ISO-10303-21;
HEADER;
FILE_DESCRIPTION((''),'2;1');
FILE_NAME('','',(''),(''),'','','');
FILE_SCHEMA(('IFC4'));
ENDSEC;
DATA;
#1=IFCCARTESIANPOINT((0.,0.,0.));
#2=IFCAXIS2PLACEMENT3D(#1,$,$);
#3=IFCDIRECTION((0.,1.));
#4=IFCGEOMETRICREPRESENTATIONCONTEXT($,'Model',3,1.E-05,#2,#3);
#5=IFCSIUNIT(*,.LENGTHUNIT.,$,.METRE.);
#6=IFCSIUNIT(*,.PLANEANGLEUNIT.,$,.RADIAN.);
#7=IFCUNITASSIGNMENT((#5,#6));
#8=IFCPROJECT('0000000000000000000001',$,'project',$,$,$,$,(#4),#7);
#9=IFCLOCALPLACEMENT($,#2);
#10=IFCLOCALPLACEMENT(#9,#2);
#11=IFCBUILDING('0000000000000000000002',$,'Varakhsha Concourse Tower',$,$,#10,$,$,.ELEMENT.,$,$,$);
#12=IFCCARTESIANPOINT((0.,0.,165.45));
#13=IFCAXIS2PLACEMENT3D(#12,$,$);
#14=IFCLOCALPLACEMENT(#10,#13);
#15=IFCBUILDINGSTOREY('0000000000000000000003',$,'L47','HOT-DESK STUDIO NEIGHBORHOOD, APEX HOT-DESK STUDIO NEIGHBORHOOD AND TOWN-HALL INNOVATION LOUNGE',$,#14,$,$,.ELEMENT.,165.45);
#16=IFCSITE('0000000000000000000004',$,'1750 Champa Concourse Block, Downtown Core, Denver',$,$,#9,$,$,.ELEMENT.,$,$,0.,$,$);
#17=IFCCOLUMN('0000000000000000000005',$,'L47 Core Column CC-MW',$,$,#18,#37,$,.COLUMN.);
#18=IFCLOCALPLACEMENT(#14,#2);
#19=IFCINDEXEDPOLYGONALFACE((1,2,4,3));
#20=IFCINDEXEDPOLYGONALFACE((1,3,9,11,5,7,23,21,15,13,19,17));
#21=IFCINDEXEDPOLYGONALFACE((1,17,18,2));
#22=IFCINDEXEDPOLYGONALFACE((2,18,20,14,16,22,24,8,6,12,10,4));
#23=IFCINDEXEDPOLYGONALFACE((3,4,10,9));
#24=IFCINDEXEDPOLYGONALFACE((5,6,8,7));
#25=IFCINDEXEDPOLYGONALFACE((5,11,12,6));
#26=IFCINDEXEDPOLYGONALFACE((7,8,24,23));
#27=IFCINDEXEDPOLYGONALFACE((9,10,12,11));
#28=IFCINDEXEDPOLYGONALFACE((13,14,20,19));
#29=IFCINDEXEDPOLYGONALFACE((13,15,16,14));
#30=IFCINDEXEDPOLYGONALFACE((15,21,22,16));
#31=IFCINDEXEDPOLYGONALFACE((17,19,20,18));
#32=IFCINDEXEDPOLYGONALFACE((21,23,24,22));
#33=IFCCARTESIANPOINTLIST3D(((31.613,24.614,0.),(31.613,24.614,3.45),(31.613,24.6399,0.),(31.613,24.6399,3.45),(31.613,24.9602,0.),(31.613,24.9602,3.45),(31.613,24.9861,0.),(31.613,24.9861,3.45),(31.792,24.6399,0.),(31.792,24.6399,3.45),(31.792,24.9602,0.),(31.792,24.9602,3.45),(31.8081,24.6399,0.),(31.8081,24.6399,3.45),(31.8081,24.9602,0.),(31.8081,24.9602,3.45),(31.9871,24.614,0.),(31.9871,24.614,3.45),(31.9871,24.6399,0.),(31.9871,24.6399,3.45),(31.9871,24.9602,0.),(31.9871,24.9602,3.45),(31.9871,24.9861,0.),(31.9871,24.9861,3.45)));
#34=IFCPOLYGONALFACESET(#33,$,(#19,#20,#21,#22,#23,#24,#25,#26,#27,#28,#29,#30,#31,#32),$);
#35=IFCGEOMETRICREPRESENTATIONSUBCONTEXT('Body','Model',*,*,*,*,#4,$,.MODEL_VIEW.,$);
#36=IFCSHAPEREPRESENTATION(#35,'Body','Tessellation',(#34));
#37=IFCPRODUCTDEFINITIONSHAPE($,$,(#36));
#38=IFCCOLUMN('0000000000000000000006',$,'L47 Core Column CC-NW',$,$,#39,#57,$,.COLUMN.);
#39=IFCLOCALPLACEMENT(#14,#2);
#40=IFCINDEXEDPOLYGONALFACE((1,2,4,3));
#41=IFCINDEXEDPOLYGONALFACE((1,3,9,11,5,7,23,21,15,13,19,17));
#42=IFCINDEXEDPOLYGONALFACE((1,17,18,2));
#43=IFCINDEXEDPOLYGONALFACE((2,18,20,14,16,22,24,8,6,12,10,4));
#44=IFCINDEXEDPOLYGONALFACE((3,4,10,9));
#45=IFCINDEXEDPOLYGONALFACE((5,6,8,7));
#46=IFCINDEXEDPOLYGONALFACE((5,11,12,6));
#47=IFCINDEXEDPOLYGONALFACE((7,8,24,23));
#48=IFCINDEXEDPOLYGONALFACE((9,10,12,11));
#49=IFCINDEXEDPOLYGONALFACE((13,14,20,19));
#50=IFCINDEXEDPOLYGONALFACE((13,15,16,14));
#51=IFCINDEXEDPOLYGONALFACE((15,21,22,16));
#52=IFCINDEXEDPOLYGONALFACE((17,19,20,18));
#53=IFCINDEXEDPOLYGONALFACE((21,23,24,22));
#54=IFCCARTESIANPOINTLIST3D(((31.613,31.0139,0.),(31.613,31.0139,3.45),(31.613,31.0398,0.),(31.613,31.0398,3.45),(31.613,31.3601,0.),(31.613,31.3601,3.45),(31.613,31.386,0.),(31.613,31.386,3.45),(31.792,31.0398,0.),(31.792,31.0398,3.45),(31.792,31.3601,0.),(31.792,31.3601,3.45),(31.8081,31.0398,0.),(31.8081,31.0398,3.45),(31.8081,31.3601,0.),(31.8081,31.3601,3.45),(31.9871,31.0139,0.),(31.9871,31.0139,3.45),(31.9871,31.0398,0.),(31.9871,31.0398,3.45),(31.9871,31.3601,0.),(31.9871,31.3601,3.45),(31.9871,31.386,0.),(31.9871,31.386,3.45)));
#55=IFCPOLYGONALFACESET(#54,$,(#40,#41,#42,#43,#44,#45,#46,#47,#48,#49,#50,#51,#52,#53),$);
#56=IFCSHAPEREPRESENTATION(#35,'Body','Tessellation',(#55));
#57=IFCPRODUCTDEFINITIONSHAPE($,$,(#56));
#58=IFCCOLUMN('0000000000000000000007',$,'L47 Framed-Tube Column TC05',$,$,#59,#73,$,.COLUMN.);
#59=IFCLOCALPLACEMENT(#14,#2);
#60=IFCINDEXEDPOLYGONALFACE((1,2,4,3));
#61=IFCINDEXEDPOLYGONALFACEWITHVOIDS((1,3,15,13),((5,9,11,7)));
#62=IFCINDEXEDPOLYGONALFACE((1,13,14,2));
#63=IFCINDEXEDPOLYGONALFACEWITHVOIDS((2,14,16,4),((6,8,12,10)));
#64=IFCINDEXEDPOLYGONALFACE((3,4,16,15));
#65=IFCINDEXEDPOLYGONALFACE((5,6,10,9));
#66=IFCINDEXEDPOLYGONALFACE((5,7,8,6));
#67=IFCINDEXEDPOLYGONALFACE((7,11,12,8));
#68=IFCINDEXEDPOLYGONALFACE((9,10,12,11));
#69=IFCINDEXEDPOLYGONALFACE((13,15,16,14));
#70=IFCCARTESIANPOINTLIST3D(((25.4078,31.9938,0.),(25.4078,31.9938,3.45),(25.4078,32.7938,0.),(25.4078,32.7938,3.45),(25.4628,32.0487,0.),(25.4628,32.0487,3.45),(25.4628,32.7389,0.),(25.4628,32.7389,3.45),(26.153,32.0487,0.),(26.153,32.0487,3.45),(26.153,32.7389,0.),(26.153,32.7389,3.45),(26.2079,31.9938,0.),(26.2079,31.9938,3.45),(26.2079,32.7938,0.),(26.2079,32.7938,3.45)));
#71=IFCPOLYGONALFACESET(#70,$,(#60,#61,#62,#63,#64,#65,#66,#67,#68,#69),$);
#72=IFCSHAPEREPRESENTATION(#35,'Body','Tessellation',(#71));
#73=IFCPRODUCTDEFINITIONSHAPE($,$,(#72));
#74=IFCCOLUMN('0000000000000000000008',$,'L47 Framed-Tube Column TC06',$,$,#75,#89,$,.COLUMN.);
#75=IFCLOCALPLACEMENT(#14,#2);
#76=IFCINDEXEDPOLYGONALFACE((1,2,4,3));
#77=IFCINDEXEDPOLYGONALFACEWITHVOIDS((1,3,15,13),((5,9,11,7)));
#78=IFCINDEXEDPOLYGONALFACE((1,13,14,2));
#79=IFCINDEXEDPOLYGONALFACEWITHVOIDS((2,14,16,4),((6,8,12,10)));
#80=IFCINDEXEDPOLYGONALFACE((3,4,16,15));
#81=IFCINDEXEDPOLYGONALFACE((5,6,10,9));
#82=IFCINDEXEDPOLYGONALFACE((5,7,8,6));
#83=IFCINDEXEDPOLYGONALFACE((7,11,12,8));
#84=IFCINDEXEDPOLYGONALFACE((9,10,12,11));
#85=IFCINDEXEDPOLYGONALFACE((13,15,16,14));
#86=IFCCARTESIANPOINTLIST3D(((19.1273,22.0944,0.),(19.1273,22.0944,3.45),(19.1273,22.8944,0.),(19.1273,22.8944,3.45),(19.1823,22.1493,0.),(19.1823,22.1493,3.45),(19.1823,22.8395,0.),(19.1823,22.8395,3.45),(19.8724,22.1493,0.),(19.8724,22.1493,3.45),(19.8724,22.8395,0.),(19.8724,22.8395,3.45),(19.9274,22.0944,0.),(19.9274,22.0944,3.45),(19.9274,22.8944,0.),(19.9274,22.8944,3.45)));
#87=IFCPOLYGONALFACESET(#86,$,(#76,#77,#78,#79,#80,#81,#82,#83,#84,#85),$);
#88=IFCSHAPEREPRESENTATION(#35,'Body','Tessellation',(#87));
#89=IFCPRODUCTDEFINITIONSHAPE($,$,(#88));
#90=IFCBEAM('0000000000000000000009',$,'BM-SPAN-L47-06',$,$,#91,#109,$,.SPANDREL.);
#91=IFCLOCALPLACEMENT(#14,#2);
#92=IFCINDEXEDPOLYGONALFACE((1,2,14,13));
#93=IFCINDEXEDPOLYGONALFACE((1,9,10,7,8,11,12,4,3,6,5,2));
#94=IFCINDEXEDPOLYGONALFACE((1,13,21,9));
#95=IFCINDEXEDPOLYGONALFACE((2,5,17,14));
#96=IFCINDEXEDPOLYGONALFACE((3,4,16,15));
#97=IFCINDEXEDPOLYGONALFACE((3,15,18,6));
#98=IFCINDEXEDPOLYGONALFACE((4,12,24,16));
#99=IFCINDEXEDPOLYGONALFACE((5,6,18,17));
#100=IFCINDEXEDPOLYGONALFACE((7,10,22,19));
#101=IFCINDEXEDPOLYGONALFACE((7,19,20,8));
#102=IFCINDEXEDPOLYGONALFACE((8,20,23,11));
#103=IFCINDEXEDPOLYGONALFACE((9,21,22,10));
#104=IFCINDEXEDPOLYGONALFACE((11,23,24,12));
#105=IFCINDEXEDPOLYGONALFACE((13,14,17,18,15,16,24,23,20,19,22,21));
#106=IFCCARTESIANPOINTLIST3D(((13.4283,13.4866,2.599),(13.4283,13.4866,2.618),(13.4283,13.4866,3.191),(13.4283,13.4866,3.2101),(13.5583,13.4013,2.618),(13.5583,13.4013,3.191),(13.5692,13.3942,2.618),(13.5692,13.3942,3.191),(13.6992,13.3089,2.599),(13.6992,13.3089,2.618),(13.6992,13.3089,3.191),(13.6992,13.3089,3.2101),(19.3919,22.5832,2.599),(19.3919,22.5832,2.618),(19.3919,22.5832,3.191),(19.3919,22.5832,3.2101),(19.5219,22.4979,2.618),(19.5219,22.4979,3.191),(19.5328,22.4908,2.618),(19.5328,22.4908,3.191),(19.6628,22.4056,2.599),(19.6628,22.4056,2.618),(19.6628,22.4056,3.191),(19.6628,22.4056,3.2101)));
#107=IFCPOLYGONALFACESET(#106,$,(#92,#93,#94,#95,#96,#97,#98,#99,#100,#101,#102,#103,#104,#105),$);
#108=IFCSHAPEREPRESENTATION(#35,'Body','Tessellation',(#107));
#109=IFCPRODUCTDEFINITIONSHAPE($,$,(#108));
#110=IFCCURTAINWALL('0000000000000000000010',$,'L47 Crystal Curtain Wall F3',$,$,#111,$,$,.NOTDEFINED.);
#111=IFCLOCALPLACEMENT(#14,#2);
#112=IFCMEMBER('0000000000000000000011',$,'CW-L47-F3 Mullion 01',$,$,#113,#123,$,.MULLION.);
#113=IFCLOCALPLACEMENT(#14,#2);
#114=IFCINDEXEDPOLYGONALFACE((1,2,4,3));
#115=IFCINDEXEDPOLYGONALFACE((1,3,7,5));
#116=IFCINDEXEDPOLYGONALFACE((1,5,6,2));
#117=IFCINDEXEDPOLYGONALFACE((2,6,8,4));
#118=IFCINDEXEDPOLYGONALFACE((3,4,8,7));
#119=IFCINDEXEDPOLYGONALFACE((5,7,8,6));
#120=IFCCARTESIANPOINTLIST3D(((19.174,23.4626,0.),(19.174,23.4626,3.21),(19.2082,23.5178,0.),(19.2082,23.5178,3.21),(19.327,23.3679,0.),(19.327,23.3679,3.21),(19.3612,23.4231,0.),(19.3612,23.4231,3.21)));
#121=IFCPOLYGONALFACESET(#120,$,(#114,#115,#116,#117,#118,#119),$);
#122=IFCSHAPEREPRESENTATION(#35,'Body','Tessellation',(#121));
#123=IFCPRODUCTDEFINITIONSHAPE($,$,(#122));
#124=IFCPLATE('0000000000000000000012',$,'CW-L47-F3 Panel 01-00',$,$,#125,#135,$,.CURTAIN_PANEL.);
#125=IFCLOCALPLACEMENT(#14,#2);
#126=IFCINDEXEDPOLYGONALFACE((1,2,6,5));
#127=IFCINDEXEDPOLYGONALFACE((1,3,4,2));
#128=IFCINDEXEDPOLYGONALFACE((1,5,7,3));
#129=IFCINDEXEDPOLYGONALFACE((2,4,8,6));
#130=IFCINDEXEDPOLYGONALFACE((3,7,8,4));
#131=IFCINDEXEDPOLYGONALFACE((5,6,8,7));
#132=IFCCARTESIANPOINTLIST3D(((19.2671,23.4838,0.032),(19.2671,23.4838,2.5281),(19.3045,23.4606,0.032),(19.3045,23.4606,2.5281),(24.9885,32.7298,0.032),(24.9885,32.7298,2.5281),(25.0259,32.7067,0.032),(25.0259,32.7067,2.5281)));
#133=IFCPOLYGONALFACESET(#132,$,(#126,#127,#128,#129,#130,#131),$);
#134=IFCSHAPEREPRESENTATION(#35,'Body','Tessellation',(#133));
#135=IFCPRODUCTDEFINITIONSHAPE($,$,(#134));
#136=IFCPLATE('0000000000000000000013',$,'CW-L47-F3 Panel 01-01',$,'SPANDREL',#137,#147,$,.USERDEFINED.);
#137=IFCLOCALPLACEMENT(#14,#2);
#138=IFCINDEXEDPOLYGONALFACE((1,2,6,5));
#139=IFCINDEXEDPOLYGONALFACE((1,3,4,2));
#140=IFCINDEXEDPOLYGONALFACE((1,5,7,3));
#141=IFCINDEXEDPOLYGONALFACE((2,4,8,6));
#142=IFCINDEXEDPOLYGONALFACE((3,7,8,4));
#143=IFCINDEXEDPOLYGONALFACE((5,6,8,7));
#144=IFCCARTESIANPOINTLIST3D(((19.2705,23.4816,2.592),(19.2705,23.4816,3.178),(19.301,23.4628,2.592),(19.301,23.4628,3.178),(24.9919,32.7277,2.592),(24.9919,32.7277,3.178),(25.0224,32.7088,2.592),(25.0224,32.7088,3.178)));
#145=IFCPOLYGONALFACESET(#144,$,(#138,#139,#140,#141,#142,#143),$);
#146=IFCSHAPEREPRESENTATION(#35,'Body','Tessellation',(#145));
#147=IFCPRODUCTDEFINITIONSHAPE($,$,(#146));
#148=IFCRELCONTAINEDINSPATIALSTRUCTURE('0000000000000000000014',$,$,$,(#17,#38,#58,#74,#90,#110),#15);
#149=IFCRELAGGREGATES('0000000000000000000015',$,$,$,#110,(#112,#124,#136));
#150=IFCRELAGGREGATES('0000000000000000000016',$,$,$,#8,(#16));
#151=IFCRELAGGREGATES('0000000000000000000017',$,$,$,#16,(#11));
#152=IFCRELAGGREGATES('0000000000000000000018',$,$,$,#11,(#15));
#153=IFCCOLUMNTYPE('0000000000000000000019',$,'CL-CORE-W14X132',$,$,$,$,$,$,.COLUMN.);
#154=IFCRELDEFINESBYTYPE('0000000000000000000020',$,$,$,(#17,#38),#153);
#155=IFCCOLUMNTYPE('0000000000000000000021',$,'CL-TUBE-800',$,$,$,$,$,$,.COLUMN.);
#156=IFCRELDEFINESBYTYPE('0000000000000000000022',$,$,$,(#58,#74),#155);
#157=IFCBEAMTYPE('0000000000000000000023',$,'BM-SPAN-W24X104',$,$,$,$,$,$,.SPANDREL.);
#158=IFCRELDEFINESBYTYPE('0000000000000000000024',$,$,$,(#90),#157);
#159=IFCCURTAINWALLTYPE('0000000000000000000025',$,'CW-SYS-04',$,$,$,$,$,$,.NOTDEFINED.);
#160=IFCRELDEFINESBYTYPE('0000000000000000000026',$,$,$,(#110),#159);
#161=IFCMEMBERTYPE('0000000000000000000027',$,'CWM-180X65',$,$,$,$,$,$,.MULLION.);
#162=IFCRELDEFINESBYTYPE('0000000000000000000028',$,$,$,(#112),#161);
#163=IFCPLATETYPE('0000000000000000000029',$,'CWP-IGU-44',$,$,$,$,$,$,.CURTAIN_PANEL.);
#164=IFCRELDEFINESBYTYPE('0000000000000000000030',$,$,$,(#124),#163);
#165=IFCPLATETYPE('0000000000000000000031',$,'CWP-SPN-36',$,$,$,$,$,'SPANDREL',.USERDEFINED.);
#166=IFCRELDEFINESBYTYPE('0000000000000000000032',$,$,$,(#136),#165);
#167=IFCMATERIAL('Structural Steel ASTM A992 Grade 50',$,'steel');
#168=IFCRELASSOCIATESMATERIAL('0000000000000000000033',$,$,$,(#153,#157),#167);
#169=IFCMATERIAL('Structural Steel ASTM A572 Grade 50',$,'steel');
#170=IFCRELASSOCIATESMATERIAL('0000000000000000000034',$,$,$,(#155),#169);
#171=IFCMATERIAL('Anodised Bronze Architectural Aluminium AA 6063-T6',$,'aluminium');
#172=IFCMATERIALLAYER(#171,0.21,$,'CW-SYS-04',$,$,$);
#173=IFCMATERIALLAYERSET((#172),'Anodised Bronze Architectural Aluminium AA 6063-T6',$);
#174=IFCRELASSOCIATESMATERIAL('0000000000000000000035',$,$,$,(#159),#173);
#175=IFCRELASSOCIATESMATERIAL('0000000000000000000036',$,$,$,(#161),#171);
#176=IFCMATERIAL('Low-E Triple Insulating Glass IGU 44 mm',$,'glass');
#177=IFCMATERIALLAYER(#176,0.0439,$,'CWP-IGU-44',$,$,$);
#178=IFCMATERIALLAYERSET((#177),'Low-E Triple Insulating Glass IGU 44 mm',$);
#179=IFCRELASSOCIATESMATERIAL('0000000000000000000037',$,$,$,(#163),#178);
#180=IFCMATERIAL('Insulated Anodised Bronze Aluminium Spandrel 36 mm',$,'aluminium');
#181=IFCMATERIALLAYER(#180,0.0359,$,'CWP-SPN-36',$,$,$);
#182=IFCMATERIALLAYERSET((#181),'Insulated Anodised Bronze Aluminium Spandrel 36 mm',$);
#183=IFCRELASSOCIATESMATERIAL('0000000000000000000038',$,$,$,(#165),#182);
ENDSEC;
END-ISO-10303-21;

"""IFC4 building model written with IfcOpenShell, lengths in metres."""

from ifc_helpers import new_model, si_unit, direction, frame, origin, origin_2d, place, context, subcontext, project, spatial, rectangle, hollow_rectangle, i_section, extrude, source, transform, mapped, material, layer, layer_set, material_profile, profile_set, type_object, type_shapes, element, aggregate, save


model = new_model("IFC4")

# Units and contexts
model_context = context("Model", 3, precision=1e-05, world=origin(), true_north=direction((0.0, 1.0)))
body_context = subcontext(model_context, "Body", "Model", "MODEL_VIEW")
ifc_project = project(units=[si_unit("LENGTHUNIT", "METRE"), si_unit("PLANEANGLEUNIT", "RADIAN")], contexts=[model_context])

# Site, building, storey
site_placement = place(None, origin())
site = spatial("IfcSite", under=ifc_project, at=site_placement, Name="1750 Champa Concourse Block, Downtown Core, Denver", CompositionType="ELEMENT", RefElevation=0.0)
building_placement = place(site_placement, origin())
building = spatial("IfcBuilding", under=site, at=building_placement, Name="Varakhsha Concourse Tower", CompositionType="ELEMENT")
storey_placement = place(building_placement, frame((0.0, 0.0, 165.45)))
storey = spatial("IfcBuildingStorey", under=building, at=storey_placement, Name="L47", Description="HOT-DESK STUDIO NEIGHBORHOOD, APEX HOT-DESK STUDIO NEIGHBORHOOD AND TOWN-HALL INNOVATION LOUNGE", CompositionType="ELEMENT", Elevation=165.45)

# Columns
ifc_material_1 = material(Name="Structural Steel ASTM A992 Grade 50", Category="steel")
ifc_material_profile_1 = material_profile(ifc_material_1, i_section(OverallWidth=0.374, OverallDepth=0.3721, WebThickness=0.0161, FlangeThickness=0.0259, at=origin_2d()), Name="W14X132")
ifc_profile_set_1 = profile_set([ifc_material_profile_1], Name="Structural Steel ASTM A992 Grade 50")
column_type_1 = type_object("IfcColumnType", Name="CL-CORE-W14X132", PredefinedType="COLUMN", material=ifc_profile_set_1)
for number, where, z_axis, x_axis, name in (
    (1, (31.8, 24.8, 0.0), (0.0, 0.0, 1.0), (1.0, 0.0, 0.0), "L47 Core Column CC-MW"),
    (2, (31.8, 31.2, 0.0), (0.0, 0.0, 1.0), (1.0, 0.0, 0.0), "L47 Core Column CC-NW"),
):
    element("IfcColumn", number, at=place(storey_placement, frame(where, z_axis=z_axis, x_axis=x_axis)), inside=storey, type_object=column_type_1, Name=name, PredefinedType="COLUMN", context=body_context, shape_type="SweptSolid", body=[
        extrude(i_section(OverallWidth=0.374, OverallDepth=0.3721, WebThickness=0.0161, FlangeThickness=0.0259, at=origin_2d()), origin(), (0.0, 0.0, 1.0), 3.45),
    ])
ifc_material_2 = material(Name="Structural Steel ASTM A572 Grade 50", Category="steel")
ifc_material_profile_2 = material_profile(ifc_material_2, hollow_rectangle(XDim=0.8, YDim=0.8, WallThickness=0.0549, at=origin_2d()), Name="BOX 800x800x55")
ifc_profile_set_2 = profile_set([ifc_material_profile_2], Name="Structural Steel ASTM A572 Grade 50")
column_type_2 = type_object("IfcColumnType", Name="CL-TUBE-800", PredefinedType="COLUMN", material=ifc_profile_set_2)
for number, where, z_axis, x_axis, name in (
    (3, (25.8079, 32.3938, 0.0), (0.0, 0.0, 1.0), (1.0, 0.0, 0.0), "L47 Framed-Tube Column TC05"),
    (4, (19.5273, 22.4944, 0.0), (0.0, 0.0, 1.0), (1.0, 0.0, 0.0), "L47 Framed-Tube Column TC06"),
):
    element("IfcColumn", number, at=place(storey_placement, frame(where, z_axis=z_axis, x_axis=x_axis)), inside=storey, type_object=column_type_2, Name=name, PredefinedType="COLUMN", context=body_context, shape_type="SweptSolid", body=[
        extrude(hollow_rectangle(XDim=0.8, YDim=0.8, WallThickness=0.0549, at=origin_2d()), origin(), (0.0, 0.0, 1.0), 3.45),
    ])

# Beam
ifc_material_profile_3 = material_profile(ifc_material_1, i_section(OverallWidth=0.324, OverallDepth=0.6111, WebThickness=0.0129, FlangeThickness=0.019, at=origin_2d()), Name="W24X104")
ifc_profile_set_3 = profile_set([ifc_material_profile_3], Name="Structural Steel ASTM A992 Grade 50")
beam_type = type_object("IfcBeamType", Name="BM-SPAN-W24X104", PredefinedType="SPANDREL", material=ifc_profile_set_3)
beam_placement = place(storey_placement, frame((19.5273, 22.4944, 2.9045), z_axis=(-0.548266, -0.836304, 0.0), x_axis=(0.836304, -0.548266, 0.0)))
element("IfcBeam", 5, at=beam_placement, inside=storey, type_object=beam_type, Name="BM-SPAN-L47-06", PredefinedType="SPANDREL", context=body_context, shape_type="SweptSolid", body=[
    extrude(i_section(OverallWidth=0.324, OverallDepth=0.6111, WebThickness=0.0129, FlangeThickness=0.019, at=origin_2d()), origin(), (0.0, 0.0, 1.0), 10.8772),
])

# Curtain wall, member, plates
ifc_material_3 = material(Name="Anodised Bronze Architectural Aluminium AA 6063-T6", Category="aluminium")
ifc_layer_1 = layer(ifc_material_3, 0.21, Name="CW-SYS-04")
ifc_layer_set_1 = layer_set([ifc_layer_1], Name="Anodised Bronze Architectural Aluminium AA 6063-T6")
curtain_wall_type = type_object("IfcCurtainWallType", Name="CW-SYS-04", PredefinedType="NOTDEFINED", material=ifc_layer_set_1)
curtain_wall_placement = place(storey_placement, origin())
curtain_wall = element("IfcCurtainWall", 6, at=curtain_wall_placement, inside=storey, type_object=curtain_wall_type, Name="L47 Crystal Curtain Wall F3", PredefinedType="NOTDEFINED")
ifc_material_profile_4 = material_profile(ifc_material_3, rectangle(XDim=0.0649, YDim=0.1799, at=origin_2d()), Name="CWM-180X65")
ifc_profile_set_4 = profile_set([ifc_material_profile_4], Name="Anodised Bronze Architectural Aluminium AA 6063-T6")
member_type = type_object("IfcMemberType", Name="CWM-180X65", PredefinedType="MULLION", material=ifc_profile_set_4)
shared_shape_1 = source(origin(), body_context, "Body", "SweptSolid", [
    extrude(rectangle(XDim=0.0649, YDim=0.1799, at=origin_2d()), origin(), (0.0, 0.0, 1.0), 3.21),
])
type_shapes(member_type, [shared_shape_1])
member_placement = place(storey_placement, frame((19.2676, 23.4429, 0.0), z_axis=(0.0, 0.0, 1.0), x_axis=(0.526199, 0.850361, 0.0)))
member = element("IfcMember", 7, at=member_placement, type_object=member_type, Name="CW-L47-F3 Mullion 01", PredefinedType="MULLION", context=body_context, shape_type="MappedRepresentation", body=[
    mapped(shared_shape_1, transform((0.0, 0.0, 0.0), scale=1.0)),
])
ifc_material_4 = material(Name="Low-E Triple Insulating Glass IGU 44 mm", Category="glass")
ifc_layer_2 = layer(ifc_material_4, 0.0439, Name="CWP-IGU-44")
ifc_layer_set_2 = layer_set([ifc_layer_2], Name="Low-E Triple Insulating Glass IGU 44 mm")
plate_type_1 = type_object("IfcPlateType", Name="CWP-IGU-44", PredefinedType="CURTAIN_PANEL", material=ifc_layer_set_2)
shared_shape_2 = source(origin(), body_context, "Body", "SweptSolid", [
    extrude(rectangle(XDim=10.873, YDim=0.0439, at=origin_2d()), origin(), (0.0, 0.0, 1.0), 2.4961),
])
type_shapes(plate_type_1, [shared_shape_2])
plate_1_placement = place(storey_placement, frame((22.1465, 28.0952, 0.032), z_axis=(0.0, 0.0, 1.0), x_axis=(0.526199, 0.850361, 0.0)))
plate_1 = element("IfcPlate", 8, at=plate_1_placement, type_object=plate_type_1, Name="CW-L47-F3 Panel 01-00", PredefinedType="CURTAIN_PANEL", context=body_context, shape_type="MappedRepresentation", body=[
    mapped(shared_shape_2, transform((0.0, 0.0, 0.0), scale=1.0)),
])
ifc_material_5 = material(Name="Insulated Anodised Bronze Aluminium Spandrel 36 mm", Category="aluminium")
ifc_layer_3 = layer(ifc_material_5, 0.0359, Name="CWP-SPN-36")
ifc_layer_set_3 = layer_set([ifc_layer_3], Name="Insulated Anodised Bronze Aluminium Spandrel 36 mm")
plate_type_2 = type_object("IfcPlateType", Name="CWP-SPN-36", ElementType="SPANDREL", PredefinedType="USERDEFINED", material=ifc_layer_set_3)
shared_shape_3 = source(origin(), body_context, "Body", "SweptSolid", [
    extrude(rectangle(XDim=10.873, YDim=0.0359, at=origin_2d()), origin(), (0.0, 0.0, 1.0), 0.5859),
])
type_shapes(plate_type_2, [shared_shape_3])
plate_2_placement = place(storey_placement, frame((22.1465, 28.0952, 2.592), z_axis=(0.0, 0.0, 1.0), x_axis=(0.526199, 0.850361, 0.0)))
plate_2 = element("IfcPlate", 9, at=plate_2_placement, type_object=plate_type_2, Name="CW-L47-F3 Panel 01-01", ObjectType="SPANDREL", PredefinedType="USERDEFINED", context=body_context, shape_type="MappedRepresentation", body=[
    mapped(shared_shape_3, transform((0.0, 0.0, 0.0), scale=1.0)),
])
aggregate(curtain_wall, [member, plate_1, plate_2])

save(model, "model.ifc")
